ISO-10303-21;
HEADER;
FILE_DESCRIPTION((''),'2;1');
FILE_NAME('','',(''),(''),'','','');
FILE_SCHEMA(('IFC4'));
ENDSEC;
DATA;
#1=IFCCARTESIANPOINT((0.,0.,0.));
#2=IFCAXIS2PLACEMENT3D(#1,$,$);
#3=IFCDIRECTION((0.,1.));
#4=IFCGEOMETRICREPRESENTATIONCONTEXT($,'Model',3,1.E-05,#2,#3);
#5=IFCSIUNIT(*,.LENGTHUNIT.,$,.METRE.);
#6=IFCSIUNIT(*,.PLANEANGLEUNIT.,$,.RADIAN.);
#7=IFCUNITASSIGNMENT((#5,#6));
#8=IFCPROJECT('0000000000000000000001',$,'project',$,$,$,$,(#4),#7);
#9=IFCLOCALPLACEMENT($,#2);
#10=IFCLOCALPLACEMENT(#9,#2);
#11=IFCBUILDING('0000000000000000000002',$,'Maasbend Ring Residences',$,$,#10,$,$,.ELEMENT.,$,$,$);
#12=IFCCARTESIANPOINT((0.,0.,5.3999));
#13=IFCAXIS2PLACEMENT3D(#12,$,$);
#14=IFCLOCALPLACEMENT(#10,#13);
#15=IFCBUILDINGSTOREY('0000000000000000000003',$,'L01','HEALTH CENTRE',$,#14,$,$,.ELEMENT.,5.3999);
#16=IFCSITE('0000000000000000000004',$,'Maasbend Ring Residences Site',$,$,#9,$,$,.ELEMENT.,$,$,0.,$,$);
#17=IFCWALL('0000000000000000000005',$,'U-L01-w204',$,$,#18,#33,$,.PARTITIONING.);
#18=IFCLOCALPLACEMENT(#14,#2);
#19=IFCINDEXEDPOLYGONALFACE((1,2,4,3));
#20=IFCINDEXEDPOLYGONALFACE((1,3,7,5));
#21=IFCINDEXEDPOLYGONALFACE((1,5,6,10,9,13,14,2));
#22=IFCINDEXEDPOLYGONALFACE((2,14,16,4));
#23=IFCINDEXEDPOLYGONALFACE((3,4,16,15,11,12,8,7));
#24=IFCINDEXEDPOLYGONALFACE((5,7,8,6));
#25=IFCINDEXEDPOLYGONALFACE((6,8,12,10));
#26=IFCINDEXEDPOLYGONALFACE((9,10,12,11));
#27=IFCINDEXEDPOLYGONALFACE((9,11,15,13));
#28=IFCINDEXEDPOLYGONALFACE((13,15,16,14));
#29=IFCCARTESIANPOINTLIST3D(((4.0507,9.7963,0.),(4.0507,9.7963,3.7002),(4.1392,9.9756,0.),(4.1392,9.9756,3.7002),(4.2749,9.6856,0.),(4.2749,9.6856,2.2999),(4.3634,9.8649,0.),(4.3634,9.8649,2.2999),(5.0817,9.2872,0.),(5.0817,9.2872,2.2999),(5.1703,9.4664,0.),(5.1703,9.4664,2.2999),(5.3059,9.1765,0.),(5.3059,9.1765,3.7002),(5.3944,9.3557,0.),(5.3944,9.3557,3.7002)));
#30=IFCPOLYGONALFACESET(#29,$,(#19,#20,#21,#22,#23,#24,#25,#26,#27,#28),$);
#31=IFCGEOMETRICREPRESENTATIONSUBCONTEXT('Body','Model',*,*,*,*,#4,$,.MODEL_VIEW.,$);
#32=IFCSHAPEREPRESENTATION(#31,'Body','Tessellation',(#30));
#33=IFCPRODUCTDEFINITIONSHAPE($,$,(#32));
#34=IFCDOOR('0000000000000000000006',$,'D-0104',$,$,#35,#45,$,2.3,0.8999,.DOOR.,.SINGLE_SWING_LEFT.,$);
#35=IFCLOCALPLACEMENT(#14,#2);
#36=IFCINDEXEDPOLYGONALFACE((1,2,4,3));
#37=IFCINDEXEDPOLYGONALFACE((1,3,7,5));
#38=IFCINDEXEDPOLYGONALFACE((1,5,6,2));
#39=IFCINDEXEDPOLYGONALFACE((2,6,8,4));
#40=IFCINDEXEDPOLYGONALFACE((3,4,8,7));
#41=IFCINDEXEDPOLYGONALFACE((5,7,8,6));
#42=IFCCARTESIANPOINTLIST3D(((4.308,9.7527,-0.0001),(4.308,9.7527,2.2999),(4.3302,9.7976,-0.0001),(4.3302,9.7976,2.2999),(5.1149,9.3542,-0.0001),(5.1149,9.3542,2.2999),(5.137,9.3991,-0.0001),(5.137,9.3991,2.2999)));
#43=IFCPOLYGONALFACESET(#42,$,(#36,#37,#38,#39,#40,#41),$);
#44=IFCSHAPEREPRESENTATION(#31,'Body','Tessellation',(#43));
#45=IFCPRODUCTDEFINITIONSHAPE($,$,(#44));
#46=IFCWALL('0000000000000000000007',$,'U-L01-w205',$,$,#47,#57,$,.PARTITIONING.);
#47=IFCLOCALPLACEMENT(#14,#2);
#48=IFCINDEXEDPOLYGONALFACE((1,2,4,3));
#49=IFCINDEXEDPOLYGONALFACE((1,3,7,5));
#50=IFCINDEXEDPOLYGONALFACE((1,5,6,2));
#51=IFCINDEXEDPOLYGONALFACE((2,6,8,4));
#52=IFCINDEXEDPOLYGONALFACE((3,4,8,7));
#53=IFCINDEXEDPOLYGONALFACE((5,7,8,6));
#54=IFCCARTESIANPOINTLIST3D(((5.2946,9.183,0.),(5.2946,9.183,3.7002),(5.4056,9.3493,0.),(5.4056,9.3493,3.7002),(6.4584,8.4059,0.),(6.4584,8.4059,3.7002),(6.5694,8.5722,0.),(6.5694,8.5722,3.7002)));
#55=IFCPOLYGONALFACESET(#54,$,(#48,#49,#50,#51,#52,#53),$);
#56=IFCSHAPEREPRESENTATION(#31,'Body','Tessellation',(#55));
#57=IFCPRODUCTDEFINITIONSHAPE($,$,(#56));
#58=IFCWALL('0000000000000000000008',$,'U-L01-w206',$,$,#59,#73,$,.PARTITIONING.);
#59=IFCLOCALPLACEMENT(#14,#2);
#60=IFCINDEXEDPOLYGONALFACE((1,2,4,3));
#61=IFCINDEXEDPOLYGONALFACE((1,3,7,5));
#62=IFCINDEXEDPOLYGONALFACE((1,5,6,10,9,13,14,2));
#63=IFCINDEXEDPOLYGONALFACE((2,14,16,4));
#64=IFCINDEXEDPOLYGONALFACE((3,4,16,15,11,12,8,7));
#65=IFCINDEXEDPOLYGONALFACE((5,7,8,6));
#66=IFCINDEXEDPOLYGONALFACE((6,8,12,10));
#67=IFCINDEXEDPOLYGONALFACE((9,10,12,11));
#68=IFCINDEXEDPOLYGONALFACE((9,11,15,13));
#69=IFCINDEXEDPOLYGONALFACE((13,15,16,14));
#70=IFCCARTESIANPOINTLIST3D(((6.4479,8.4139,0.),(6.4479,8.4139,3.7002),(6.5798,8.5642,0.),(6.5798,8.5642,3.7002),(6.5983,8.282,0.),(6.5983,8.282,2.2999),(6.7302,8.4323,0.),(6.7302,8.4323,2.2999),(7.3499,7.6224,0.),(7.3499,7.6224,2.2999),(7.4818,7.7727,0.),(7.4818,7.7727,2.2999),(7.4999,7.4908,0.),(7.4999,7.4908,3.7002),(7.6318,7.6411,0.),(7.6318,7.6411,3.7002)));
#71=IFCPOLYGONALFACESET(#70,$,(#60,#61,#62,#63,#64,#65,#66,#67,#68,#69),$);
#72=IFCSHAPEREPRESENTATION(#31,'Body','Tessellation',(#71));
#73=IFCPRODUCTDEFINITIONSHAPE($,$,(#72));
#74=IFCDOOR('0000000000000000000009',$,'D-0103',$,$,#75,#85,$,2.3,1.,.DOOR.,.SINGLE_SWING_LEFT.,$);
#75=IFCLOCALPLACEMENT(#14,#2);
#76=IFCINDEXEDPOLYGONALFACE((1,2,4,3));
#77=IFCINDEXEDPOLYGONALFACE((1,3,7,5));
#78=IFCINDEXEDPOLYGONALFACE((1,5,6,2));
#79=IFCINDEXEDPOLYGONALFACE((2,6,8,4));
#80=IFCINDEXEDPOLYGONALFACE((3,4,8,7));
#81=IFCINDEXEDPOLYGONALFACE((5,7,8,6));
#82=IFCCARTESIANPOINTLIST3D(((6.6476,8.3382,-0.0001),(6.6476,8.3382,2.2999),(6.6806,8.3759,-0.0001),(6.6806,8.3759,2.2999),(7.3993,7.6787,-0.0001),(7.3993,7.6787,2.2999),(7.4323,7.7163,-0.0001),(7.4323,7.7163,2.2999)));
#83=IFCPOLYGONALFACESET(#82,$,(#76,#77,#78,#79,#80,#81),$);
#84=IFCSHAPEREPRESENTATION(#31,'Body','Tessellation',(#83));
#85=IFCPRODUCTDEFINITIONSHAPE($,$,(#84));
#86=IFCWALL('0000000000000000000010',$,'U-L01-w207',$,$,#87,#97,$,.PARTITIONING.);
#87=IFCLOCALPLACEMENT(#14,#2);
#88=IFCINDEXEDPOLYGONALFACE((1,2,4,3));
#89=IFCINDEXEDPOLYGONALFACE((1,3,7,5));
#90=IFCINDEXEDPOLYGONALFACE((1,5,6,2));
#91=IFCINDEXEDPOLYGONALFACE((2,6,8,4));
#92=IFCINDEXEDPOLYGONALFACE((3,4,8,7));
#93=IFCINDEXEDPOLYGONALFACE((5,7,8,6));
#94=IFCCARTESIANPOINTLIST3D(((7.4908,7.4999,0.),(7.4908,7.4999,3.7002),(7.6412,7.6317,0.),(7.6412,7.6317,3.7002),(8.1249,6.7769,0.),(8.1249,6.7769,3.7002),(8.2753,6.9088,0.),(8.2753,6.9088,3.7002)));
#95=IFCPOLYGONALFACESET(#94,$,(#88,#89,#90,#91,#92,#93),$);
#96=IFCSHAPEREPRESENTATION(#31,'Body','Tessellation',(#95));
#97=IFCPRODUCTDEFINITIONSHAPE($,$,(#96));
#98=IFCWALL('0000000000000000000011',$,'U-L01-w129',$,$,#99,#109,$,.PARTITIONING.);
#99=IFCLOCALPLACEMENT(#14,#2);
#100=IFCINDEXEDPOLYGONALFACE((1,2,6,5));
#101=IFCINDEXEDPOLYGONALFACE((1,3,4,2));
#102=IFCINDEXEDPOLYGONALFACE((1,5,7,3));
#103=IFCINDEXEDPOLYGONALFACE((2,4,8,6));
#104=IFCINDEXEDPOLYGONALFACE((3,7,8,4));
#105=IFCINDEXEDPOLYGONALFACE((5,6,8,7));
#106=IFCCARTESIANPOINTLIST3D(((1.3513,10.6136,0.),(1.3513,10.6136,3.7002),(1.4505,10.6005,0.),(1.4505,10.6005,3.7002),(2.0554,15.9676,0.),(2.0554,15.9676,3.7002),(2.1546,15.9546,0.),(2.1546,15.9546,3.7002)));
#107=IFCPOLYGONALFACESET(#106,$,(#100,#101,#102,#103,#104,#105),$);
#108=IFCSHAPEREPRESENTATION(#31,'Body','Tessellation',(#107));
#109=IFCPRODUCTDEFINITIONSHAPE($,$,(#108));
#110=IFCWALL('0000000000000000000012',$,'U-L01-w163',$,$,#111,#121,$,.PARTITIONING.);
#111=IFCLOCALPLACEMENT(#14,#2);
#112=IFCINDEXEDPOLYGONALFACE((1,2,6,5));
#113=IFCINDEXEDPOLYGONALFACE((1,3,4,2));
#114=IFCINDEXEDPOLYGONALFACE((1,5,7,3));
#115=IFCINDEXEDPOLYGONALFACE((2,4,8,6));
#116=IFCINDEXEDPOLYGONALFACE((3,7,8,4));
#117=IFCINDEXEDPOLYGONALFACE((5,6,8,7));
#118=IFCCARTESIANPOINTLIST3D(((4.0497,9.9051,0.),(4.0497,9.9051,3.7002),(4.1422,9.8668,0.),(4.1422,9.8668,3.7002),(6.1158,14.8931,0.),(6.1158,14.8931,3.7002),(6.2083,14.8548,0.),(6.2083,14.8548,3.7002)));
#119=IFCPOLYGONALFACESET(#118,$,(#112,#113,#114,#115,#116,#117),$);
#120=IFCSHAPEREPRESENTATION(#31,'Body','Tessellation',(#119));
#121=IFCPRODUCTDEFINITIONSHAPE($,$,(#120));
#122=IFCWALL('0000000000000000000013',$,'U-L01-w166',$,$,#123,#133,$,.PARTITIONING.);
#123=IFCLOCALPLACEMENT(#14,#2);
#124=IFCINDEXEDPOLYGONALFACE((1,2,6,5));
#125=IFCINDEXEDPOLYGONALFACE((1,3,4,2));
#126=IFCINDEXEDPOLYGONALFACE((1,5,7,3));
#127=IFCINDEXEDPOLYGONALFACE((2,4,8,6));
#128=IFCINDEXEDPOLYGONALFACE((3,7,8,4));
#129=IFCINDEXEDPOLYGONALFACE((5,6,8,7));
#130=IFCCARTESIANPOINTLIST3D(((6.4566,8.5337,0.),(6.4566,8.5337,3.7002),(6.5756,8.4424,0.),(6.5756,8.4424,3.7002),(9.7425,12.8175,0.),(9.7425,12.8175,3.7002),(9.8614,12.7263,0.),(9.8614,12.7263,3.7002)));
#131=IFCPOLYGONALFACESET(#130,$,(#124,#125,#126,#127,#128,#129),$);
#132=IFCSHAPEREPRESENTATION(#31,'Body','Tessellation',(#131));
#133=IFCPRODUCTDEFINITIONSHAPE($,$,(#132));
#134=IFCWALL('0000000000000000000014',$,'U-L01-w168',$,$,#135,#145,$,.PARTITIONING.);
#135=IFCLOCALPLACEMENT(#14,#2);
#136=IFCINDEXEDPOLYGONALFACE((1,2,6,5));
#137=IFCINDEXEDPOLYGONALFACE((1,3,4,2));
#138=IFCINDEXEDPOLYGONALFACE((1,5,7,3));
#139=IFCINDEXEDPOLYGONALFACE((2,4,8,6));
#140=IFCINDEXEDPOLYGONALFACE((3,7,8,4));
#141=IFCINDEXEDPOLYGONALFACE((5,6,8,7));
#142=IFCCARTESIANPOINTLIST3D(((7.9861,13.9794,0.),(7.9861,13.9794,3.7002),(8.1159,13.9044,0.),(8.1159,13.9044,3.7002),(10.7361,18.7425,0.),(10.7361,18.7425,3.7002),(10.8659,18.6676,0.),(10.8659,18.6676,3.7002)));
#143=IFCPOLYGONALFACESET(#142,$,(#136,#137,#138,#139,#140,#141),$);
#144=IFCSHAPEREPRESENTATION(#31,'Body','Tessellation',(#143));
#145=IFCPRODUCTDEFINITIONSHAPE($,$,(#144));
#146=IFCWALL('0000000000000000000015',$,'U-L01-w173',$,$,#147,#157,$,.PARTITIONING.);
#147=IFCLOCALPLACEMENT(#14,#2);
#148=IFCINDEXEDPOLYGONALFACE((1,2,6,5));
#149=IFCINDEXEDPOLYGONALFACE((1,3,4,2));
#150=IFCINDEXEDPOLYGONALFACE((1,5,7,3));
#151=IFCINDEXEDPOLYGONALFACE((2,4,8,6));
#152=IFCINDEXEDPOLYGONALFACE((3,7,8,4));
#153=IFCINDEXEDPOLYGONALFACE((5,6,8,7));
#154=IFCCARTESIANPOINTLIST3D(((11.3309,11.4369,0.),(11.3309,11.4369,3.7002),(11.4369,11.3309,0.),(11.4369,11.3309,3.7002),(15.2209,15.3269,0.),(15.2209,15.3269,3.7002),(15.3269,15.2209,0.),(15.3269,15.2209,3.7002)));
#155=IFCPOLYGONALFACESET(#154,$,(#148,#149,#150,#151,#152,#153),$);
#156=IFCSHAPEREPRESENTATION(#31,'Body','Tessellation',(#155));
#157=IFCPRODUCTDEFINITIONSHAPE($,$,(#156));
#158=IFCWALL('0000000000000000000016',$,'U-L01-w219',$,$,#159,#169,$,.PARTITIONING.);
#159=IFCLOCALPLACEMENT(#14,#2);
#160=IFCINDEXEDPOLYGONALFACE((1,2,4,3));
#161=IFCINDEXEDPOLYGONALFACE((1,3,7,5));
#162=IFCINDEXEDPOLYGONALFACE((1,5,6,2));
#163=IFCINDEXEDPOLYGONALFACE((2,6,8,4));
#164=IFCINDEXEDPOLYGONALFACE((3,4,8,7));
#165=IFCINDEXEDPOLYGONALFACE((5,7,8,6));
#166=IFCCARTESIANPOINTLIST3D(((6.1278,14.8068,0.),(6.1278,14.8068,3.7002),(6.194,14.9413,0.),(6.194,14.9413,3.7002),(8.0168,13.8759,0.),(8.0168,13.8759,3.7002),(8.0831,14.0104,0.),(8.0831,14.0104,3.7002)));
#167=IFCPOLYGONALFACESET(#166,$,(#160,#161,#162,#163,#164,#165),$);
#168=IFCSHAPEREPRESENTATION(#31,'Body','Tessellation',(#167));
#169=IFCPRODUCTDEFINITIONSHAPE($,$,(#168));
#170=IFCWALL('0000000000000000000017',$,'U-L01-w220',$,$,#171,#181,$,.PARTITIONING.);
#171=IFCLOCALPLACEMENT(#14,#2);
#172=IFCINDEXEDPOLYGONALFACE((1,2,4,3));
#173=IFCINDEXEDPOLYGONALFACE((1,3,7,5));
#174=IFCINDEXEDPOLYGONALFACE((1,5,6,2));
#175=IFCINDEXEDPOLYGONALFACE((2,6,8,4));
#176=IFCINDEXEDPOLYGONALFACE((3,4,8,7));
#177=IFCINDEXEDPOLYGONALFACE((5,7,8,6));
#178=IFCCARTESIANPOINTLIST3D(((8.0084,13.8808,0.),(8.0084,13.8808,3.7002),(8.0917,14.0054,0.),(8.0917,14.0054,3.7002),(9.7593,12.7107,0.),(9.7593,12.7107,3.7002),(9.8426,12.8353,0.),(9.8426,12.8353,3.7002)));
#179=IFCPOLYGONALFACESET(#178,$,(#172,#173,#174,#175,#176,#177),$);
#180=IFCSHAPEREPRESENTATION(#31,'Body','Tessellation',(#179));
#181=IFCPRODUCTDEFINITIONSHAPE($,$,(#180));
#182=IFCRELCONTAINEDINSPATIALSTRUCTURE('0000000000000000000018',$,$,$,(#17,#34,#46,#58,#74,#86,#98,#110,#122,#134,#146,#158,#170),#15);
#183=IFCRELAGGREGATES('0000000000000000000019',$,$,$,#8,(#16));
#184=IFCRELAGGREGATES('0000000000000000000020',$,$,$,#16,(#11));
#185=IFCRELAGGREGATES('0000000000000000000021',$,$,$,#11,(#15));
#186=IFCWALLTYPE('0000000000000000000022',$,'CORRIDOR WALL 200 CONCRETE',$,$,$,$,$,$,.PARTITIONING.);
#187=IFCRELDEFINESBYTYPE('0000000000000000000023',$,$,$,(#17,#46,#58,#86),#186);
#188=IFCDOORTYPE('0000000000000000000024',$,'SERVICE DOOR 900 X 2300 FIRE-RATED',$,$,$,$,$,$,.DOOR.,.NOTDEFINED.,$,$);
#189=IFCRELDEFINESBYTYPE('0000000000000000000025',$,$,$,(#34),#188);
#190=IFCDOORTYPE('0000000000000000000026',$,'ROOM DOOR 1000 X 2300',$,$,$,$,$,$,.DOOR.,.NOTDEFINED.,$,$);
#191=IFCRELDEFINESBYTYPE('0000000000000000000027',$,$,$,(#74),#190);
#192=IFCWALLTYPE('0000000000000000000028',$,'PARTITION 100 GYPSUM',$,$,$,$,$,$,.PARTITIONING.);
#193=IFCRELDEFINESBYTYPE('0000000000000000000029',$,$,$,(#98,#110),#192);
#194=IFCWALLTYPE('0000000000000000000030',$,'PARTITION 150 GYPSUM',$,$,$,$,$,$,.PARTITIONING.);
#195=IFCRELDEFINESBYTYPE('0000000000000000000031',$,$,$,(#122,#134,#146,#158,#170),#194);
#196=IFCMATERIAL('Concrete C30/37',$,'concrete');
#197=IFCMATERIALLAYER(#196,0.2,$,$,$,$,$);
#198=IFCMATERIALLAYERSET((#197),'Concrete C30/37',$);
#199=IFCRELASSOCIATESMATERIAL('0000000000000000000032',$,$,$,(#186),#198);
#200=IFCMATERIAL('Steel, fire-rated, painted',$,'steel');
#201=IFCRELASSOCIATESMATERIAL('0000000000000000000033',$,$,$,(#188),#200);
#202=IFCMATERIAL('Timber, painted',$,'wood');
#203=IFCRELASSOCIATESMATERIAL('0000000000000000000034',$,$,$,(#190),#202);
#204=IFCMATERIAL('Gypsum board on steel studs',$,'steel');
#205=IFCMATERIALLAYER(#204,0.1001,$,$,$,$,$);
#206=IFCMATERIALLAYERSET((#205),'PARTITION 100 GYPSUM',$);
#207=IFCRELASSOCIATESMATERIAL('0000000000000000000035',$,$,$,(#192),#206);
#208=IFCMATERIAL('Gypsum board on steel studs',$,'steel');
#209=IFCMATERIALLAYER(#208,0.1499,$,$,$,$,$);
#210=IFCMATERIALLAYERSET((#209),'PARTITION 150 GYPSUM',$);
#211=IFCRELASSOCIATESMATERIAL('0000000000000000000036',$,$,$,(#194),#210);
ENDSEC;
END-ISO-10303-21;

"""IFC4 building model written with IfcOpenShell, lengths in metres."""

from ifc_helpers import new_model, si_unit, direction, frame, frame_2d, origin, place, context, subcontext, project, spatial, rectangle, extrude, material, layer, layer_set, type_object, element, fill, save


model = new_model("IFC4")

# Units and contexts
model_context = context("Model", 3, precision=1e-05, world=origin(), true_north=direction((0.0, 1.0)))
body_context = subcontext(model_context, "Body", "Model", "MODEL_VIEW")
ifc_project = project(units=[si_unit("LENGTHUNIT", "METRE"), si_unit("PLANEANGLEUNIT", "RADIAN")], contexts=[model_context])

# Site, building, storey
site_placement = place(None, origin())
site = spatial("IfcSite", under=ifc_project, at=site_placement, Name="Maasbend Ring Residences Site", CompositionType="ELEMENT", RefElevation=0.0)
building_placement = place(site_placement, origin())
building = spatial("IfcBuilding", under=site, at=building_placement, Name="Maasbend Ring Residences", CompositionType="ELEMENT")
storey_placement = place(building_placement, frame((0.0, 0.0, 5.3999)))
storey = spatial("IfcBuildingStorey", under=building, at=storey_placement, Name="L01", Description="HEALTH CENTRE", CompositionType="ELEMENT", Elevation=5.3999)

# Shared definitions
ifc_material_1 = material(Name="Concrete C30/37", Category="concrete")
ifc_layer_1 = layer(ifc_material_1, 0.2)
ifc_layer_set_1 = layer_set([ifc_layer_1], Name="Concrete C30/37")
wall_type_1 = type_object("IfcWallType", Name="CORRIDOR WALL 200 CONCRETE", PredefinedType="PARTITIONING", material=ifc_layer_set_1)

# Wall, opening, door
wall_1_placement = place(storey_placement, frame((4.095, 9.886, 0.0), z_axis=(0.0, 0.0, 1.0), x_axis=(0.896614, -0.442813, 0.0)))
wall_1 = element("IfcWall", 1, at=wall_1_placement, inside=storey, type_object=wall_type_1, Name="U-L01-w204", PredefinedType="PARTITIONING", context=body_context, shape_type="SweptSolid", body=[
    extrude(rectangle(XDim=1.3999, YDim=0.2, at=frame_2d((0.7, 0.0))), origin(), (0.0, 0.0, 1.0), 3.7002),
])
opening_1_placement = place(wall_1_placement, frame((0.25, 0.0, 0.0)))
opening_1 = element("IfcOpeningElement", 2, at=opening_1_placement, cuts=wall_1, PredefinedType="OPENING", context=body_context, shape_type="SweptSolid", body=[
    extrude(rectangle(XDim=0.8999, YDim=2.3, at=frame_2d((0.45, 1.1499))), frame((0.0, 0.1099, 0.0), z_axis=(0.0, -1.0, 0.0), x_axis=(1.0, 0.0, 0.0)), (0.0, 0.0, 1.0), 0.22),
])
ifc_material_2 = material(Name="Steel, fire-rated, painted", Category="steel")
door_type_1 = type_object("IfcDoorType", Name="SERVICE DOOR 900 X 2300 FIRE-RATED", OperationType="NOTDEFINED", PredefinedType="DOOR", material=ifc_material_2)
door_1_placement = place(opening_1_placement, origin())
door_1 = element("IfcDoor", 3, at=door_1_placement, inside=storey, type_object=door_type_1, Name="D-0104", OperationType="SINGLE_SWING_LEFT", OverallHeight=2.3, OverallWidth=0.8999, PredefinedType="DOOR", context=body_context, shape_type="SweptSolid", body=[
    extrude(rectangle(XDim=0.8999, YDim=2.3, at=frame_2d((0.45, 1.1499))), frame((0.0, 0.0249, 0.0), z_axis=(0.0, -1.0, 0.0), x_axis=(1.0, 0.0, 0.0)), (0.0, 0.0, 1.0), 0.05),
])
fill(opening_1, door_1)

# Wall
wall_2_placement = place(storey_placement, frame((5.3501, 9.2661, 0.0), z_axis=(0.0, 0.0, 1.0), x_axis=(0.831647, -0.555304, 0.0)))
element("IfcWall", 4, at=wall_2_placement, inside=storey, type_object=wall_type_1, Name="U-L01-w205", PredefinedType="PARTITIONING", context=body_context, shape_type="SweptSolid", body=[
    extrude(rectangle(XDim=1.3994, YDim=0.2, at=frame_2d((0.6997, 0.0))), origin(), (0.0, 0.0, 1.0), 3.7002),
])

# Wall, opening, door
wall_3_placement = place(storey_placement, frame((6.5139, 8.489, 0.0), z_axis=(0.0, 0.0, 1.0), x_axis=(0.751657, -0.659554, 0.0)))
wall_3 = element("IfcWall", 5, at=wall_3_placement, inside=storey, type_object=wall_type_1, Name="U-L01-w206", PredefinedType="PARTITIONING", context=body_context, shape_type="SweptSolid", body=[
    extrude(rectangle(XDim=1.3997, YDim=0.2, at=frame_2d((0.6997, 0.0))), origin(), (0.0, 0.0, 1.0), 3.7002),
])
opening_2_placement = place(wall_3_placement, frame((0.2, 0.0, 0.0)))
opening_2 = element("IfcOpeningElement", 6, at=opening_2_placement, cuts=wall_3, PredefinedType="OPENING", context=body_context, shape_type="SweptSolid", body=[
    extrude(rectangle(XDim=1.0, YDim=2.3, at=frame_2d((0.5, 1.1499))), frame((0.0, 0.1099, 0.0), z_axis=(0.0, -1.0, 0.0), x_axis=(1.0, 0.0, 0.0)), (0.0, 0.0, 1.0), 0.22),
])
ifc_material_3 = material(Name="Timber, painted", Category="wood")
door_type_2 = type_object("IfcDoorType", Name="ROOM DOOR 1000 X 2300", OperationType="NOTDEFINED", PredefinedType="DOOR", material=ifc_material_3)
door_2_placement = place(opening_2_placement, origin())
door_2 = element("IfcDoor", 7, at=door_2_placement, inside=storey, type_object=door_type_2, Name="D-0103", OperationType="SINGLE_SWING_LEFT", OverallHeight=2.3, OverallWidth=1.0, PredefinedType="DOOR", context=body_context, shape_type="SweptSolid", body=[
    extrude(rectangle(XDim=1.0, YDim=2.3, at=frame_2d((0.5, 1.1499))), frame((0.0, 0.0249, 0.0), z_axis=(0.0, -1.0, 0.0), x_axis=(1.0, 0.0, 0.0)), (0.0, 0.0, 1.0), 0.05),
])
fill(opening_2, door_2)

# Walls
wall_4_placement = place(storey_placement, frame((7.5659, 7.5659, 0.0), z_axis=(0.0, 0.0, 1.0), x_axis=(0.659385, -0.751805, 0.0)))
element("IfcWall", 8, at=wall_4_placement, inside=storey, type_object=wall_type_1, Name="U-L01-w207", PredefinedType="PARTITIONING", context=body_context, shape_type="SweptSolid", body=[
    extrude(rectangle(XDim=0.9617, YDim=0.2, at=frame_2d((0.481, 0.0))), origin(), (0.0, 0.0, 1.0), 3.7002),
])
ifc_material_4 = material(Name="Gypsum board on steel studs", Category="steel")
ifc_layer_2 = layer(ifc_material_4, 0.1001)
ifc_layer_set_2 = layer_set([ifc_layer_2], Name="PARTITION 100 GYPSUM")
wall_type_2 = type_object("IfcWallType", Name="PARTITION 100 GYPSUM", PredefinedType="PARTITIONING", material=ifc_layer_set_2)
wall_5_placement = place(storey_placement, frame((1.4009, 10.6069, 0.0), z_axis=(0.0, 0.0, 1.0), x_axis=(0.130387, 0.991463, 0.0)))
element("IfcWall", 9, at=wall_5_placement, inside=storey, type_object=wall_type_2, Name="U-L01-w129", PredefinedType="PARTITIONING", context=body_context, shape_type="SweptSolid", body=[
    extrude(rectangle(XDim=5.4001, YDim=0.1001, at=frame_2d((2.7002, 0.0))), origin(), (0.0, 0.0, 1.0), 3.7002),
])
wall_6_placement = place(storey_placement, frame((4.0959, 9.886, 0.0), z_axis=(0.0, 0.0, 1.0), x_axis=(0.382691, 0.923876, 0.0)))
element("IfcWall", 10, at=wall_6_placement, inside=storey, type_object=wall_type_2, Name="U-L01-w163", PredefinedType="PARTITIONING", context=body_context, shape_type="SweptSolid", body=[
    extrude(rectangle(XDim=5.3989, YDim=0.1001, at=frame_2d((2.6995, 0.0))), origin(), (0.0, 0.0, 1.0), 3.7002),
])
ifc_material_5 = material(Name="Gypsum board on steel studs", Category="steel")
ifc_layer_3 = layer(ifc_material_5, 0.1499)
ifc_layer_set_3 = layer_set([ifc_layer_3], Name="PARTITION 150 GYPSUM")
wall_type_3 = type_object("IfcWallType", Name="PARTITION 150 GYPSUM", PredefinedType="PARTITIONING", material=ifc_layer_set_3)
wall_7_placement = place(storey_placement, frame((6.5161, 8.488, 0.0), z_axis=(0.0, 0.0, 1.0), x_axis=(0.608611, 0.793469, 0.0)))
element("IfcWall", 11, at=wall_7_placement, inside=storey, type_object=wall_type_3, Name="U-L01-w166", PredefinedType="PARTITIONING", context=body_context, shape_type="SweptSolid", body=[
    extrude(rectangle(XDim=5.3989, YDim=0.1499, at=frame_2d((2.6995, 0.0))), origin(), (0.0, 0.0, 1.0), 3.7002),
])
wall_8_placement = place(storey_placement, frame((8.051, 13.9419, 0.0), z_axis=(0.0, 0.0, 1.0), x_axis=(0.499997, 0.866027, 0.0)))
element("IfcWall", 12, at=wall_8_placement, inside=storey, type_object=wall_type_3, Name="U-L01-w168", PredefinedType="PARTITIONING", context=body_context, shape_type="SweptSolid", body=[
    extrude(rectangle(XDim=5.5, YDim=0.1499, at=frame_2d((2.75, 0.0))), origin(), (0.0, 0.0, 1.0), 3.7002),
])
wall_9_placement = place(storey_placement, frame((11.384, 11.384, 0.0), z_axis=(0.0, 0.0, 1.0), x_axis=(0.707107, 0.707107, 0.0)))
element("IfcWall", 13, at=wall_9_placement, inside=storey, type_object=wall_type_3, Name="U-L01-w173", PredefinedType="PARTITIONING", context=body_context, shape_type="SweptSolid", body=[
    extrude(rectangle(XDim=5.5012, YDim=0.1499, at=frame_2d((2.7505, 0.0))), origin(), (0.0, 0.0, 1.0), 3.7002),
])
for number, where, z_axis, x_axis, name in (
    (14, (6.1609, 14.874, 0.0), (0.0, 0.0, 1.0), (0.897009, -0.442013, 0.0), "U-L01-w219"),
    (15, (8.05, 13.9431, 0.0), (0.0, 0.0, 1.0), (0.831426, -0.555636, 0.0), "U-L01-w220"),
):
    element("IfcWall", number, at=place(storey_placement, frame(where, z_axis=z_axis, x_axis=x_axis)), inside=storey, type_object=wall_type_3, Name=name, PredefinedType="PARTITIONING", context=body_context, shape_type="SweptSolid", body=[
        extrude(rectangle(XDim=2.106, YDim=0.1499, at=frame_2d((1.053, 0.0))), origin(), (0.0, 0.0, 1.0), 3.7002),
    ])

save(model, "model.ifc")
